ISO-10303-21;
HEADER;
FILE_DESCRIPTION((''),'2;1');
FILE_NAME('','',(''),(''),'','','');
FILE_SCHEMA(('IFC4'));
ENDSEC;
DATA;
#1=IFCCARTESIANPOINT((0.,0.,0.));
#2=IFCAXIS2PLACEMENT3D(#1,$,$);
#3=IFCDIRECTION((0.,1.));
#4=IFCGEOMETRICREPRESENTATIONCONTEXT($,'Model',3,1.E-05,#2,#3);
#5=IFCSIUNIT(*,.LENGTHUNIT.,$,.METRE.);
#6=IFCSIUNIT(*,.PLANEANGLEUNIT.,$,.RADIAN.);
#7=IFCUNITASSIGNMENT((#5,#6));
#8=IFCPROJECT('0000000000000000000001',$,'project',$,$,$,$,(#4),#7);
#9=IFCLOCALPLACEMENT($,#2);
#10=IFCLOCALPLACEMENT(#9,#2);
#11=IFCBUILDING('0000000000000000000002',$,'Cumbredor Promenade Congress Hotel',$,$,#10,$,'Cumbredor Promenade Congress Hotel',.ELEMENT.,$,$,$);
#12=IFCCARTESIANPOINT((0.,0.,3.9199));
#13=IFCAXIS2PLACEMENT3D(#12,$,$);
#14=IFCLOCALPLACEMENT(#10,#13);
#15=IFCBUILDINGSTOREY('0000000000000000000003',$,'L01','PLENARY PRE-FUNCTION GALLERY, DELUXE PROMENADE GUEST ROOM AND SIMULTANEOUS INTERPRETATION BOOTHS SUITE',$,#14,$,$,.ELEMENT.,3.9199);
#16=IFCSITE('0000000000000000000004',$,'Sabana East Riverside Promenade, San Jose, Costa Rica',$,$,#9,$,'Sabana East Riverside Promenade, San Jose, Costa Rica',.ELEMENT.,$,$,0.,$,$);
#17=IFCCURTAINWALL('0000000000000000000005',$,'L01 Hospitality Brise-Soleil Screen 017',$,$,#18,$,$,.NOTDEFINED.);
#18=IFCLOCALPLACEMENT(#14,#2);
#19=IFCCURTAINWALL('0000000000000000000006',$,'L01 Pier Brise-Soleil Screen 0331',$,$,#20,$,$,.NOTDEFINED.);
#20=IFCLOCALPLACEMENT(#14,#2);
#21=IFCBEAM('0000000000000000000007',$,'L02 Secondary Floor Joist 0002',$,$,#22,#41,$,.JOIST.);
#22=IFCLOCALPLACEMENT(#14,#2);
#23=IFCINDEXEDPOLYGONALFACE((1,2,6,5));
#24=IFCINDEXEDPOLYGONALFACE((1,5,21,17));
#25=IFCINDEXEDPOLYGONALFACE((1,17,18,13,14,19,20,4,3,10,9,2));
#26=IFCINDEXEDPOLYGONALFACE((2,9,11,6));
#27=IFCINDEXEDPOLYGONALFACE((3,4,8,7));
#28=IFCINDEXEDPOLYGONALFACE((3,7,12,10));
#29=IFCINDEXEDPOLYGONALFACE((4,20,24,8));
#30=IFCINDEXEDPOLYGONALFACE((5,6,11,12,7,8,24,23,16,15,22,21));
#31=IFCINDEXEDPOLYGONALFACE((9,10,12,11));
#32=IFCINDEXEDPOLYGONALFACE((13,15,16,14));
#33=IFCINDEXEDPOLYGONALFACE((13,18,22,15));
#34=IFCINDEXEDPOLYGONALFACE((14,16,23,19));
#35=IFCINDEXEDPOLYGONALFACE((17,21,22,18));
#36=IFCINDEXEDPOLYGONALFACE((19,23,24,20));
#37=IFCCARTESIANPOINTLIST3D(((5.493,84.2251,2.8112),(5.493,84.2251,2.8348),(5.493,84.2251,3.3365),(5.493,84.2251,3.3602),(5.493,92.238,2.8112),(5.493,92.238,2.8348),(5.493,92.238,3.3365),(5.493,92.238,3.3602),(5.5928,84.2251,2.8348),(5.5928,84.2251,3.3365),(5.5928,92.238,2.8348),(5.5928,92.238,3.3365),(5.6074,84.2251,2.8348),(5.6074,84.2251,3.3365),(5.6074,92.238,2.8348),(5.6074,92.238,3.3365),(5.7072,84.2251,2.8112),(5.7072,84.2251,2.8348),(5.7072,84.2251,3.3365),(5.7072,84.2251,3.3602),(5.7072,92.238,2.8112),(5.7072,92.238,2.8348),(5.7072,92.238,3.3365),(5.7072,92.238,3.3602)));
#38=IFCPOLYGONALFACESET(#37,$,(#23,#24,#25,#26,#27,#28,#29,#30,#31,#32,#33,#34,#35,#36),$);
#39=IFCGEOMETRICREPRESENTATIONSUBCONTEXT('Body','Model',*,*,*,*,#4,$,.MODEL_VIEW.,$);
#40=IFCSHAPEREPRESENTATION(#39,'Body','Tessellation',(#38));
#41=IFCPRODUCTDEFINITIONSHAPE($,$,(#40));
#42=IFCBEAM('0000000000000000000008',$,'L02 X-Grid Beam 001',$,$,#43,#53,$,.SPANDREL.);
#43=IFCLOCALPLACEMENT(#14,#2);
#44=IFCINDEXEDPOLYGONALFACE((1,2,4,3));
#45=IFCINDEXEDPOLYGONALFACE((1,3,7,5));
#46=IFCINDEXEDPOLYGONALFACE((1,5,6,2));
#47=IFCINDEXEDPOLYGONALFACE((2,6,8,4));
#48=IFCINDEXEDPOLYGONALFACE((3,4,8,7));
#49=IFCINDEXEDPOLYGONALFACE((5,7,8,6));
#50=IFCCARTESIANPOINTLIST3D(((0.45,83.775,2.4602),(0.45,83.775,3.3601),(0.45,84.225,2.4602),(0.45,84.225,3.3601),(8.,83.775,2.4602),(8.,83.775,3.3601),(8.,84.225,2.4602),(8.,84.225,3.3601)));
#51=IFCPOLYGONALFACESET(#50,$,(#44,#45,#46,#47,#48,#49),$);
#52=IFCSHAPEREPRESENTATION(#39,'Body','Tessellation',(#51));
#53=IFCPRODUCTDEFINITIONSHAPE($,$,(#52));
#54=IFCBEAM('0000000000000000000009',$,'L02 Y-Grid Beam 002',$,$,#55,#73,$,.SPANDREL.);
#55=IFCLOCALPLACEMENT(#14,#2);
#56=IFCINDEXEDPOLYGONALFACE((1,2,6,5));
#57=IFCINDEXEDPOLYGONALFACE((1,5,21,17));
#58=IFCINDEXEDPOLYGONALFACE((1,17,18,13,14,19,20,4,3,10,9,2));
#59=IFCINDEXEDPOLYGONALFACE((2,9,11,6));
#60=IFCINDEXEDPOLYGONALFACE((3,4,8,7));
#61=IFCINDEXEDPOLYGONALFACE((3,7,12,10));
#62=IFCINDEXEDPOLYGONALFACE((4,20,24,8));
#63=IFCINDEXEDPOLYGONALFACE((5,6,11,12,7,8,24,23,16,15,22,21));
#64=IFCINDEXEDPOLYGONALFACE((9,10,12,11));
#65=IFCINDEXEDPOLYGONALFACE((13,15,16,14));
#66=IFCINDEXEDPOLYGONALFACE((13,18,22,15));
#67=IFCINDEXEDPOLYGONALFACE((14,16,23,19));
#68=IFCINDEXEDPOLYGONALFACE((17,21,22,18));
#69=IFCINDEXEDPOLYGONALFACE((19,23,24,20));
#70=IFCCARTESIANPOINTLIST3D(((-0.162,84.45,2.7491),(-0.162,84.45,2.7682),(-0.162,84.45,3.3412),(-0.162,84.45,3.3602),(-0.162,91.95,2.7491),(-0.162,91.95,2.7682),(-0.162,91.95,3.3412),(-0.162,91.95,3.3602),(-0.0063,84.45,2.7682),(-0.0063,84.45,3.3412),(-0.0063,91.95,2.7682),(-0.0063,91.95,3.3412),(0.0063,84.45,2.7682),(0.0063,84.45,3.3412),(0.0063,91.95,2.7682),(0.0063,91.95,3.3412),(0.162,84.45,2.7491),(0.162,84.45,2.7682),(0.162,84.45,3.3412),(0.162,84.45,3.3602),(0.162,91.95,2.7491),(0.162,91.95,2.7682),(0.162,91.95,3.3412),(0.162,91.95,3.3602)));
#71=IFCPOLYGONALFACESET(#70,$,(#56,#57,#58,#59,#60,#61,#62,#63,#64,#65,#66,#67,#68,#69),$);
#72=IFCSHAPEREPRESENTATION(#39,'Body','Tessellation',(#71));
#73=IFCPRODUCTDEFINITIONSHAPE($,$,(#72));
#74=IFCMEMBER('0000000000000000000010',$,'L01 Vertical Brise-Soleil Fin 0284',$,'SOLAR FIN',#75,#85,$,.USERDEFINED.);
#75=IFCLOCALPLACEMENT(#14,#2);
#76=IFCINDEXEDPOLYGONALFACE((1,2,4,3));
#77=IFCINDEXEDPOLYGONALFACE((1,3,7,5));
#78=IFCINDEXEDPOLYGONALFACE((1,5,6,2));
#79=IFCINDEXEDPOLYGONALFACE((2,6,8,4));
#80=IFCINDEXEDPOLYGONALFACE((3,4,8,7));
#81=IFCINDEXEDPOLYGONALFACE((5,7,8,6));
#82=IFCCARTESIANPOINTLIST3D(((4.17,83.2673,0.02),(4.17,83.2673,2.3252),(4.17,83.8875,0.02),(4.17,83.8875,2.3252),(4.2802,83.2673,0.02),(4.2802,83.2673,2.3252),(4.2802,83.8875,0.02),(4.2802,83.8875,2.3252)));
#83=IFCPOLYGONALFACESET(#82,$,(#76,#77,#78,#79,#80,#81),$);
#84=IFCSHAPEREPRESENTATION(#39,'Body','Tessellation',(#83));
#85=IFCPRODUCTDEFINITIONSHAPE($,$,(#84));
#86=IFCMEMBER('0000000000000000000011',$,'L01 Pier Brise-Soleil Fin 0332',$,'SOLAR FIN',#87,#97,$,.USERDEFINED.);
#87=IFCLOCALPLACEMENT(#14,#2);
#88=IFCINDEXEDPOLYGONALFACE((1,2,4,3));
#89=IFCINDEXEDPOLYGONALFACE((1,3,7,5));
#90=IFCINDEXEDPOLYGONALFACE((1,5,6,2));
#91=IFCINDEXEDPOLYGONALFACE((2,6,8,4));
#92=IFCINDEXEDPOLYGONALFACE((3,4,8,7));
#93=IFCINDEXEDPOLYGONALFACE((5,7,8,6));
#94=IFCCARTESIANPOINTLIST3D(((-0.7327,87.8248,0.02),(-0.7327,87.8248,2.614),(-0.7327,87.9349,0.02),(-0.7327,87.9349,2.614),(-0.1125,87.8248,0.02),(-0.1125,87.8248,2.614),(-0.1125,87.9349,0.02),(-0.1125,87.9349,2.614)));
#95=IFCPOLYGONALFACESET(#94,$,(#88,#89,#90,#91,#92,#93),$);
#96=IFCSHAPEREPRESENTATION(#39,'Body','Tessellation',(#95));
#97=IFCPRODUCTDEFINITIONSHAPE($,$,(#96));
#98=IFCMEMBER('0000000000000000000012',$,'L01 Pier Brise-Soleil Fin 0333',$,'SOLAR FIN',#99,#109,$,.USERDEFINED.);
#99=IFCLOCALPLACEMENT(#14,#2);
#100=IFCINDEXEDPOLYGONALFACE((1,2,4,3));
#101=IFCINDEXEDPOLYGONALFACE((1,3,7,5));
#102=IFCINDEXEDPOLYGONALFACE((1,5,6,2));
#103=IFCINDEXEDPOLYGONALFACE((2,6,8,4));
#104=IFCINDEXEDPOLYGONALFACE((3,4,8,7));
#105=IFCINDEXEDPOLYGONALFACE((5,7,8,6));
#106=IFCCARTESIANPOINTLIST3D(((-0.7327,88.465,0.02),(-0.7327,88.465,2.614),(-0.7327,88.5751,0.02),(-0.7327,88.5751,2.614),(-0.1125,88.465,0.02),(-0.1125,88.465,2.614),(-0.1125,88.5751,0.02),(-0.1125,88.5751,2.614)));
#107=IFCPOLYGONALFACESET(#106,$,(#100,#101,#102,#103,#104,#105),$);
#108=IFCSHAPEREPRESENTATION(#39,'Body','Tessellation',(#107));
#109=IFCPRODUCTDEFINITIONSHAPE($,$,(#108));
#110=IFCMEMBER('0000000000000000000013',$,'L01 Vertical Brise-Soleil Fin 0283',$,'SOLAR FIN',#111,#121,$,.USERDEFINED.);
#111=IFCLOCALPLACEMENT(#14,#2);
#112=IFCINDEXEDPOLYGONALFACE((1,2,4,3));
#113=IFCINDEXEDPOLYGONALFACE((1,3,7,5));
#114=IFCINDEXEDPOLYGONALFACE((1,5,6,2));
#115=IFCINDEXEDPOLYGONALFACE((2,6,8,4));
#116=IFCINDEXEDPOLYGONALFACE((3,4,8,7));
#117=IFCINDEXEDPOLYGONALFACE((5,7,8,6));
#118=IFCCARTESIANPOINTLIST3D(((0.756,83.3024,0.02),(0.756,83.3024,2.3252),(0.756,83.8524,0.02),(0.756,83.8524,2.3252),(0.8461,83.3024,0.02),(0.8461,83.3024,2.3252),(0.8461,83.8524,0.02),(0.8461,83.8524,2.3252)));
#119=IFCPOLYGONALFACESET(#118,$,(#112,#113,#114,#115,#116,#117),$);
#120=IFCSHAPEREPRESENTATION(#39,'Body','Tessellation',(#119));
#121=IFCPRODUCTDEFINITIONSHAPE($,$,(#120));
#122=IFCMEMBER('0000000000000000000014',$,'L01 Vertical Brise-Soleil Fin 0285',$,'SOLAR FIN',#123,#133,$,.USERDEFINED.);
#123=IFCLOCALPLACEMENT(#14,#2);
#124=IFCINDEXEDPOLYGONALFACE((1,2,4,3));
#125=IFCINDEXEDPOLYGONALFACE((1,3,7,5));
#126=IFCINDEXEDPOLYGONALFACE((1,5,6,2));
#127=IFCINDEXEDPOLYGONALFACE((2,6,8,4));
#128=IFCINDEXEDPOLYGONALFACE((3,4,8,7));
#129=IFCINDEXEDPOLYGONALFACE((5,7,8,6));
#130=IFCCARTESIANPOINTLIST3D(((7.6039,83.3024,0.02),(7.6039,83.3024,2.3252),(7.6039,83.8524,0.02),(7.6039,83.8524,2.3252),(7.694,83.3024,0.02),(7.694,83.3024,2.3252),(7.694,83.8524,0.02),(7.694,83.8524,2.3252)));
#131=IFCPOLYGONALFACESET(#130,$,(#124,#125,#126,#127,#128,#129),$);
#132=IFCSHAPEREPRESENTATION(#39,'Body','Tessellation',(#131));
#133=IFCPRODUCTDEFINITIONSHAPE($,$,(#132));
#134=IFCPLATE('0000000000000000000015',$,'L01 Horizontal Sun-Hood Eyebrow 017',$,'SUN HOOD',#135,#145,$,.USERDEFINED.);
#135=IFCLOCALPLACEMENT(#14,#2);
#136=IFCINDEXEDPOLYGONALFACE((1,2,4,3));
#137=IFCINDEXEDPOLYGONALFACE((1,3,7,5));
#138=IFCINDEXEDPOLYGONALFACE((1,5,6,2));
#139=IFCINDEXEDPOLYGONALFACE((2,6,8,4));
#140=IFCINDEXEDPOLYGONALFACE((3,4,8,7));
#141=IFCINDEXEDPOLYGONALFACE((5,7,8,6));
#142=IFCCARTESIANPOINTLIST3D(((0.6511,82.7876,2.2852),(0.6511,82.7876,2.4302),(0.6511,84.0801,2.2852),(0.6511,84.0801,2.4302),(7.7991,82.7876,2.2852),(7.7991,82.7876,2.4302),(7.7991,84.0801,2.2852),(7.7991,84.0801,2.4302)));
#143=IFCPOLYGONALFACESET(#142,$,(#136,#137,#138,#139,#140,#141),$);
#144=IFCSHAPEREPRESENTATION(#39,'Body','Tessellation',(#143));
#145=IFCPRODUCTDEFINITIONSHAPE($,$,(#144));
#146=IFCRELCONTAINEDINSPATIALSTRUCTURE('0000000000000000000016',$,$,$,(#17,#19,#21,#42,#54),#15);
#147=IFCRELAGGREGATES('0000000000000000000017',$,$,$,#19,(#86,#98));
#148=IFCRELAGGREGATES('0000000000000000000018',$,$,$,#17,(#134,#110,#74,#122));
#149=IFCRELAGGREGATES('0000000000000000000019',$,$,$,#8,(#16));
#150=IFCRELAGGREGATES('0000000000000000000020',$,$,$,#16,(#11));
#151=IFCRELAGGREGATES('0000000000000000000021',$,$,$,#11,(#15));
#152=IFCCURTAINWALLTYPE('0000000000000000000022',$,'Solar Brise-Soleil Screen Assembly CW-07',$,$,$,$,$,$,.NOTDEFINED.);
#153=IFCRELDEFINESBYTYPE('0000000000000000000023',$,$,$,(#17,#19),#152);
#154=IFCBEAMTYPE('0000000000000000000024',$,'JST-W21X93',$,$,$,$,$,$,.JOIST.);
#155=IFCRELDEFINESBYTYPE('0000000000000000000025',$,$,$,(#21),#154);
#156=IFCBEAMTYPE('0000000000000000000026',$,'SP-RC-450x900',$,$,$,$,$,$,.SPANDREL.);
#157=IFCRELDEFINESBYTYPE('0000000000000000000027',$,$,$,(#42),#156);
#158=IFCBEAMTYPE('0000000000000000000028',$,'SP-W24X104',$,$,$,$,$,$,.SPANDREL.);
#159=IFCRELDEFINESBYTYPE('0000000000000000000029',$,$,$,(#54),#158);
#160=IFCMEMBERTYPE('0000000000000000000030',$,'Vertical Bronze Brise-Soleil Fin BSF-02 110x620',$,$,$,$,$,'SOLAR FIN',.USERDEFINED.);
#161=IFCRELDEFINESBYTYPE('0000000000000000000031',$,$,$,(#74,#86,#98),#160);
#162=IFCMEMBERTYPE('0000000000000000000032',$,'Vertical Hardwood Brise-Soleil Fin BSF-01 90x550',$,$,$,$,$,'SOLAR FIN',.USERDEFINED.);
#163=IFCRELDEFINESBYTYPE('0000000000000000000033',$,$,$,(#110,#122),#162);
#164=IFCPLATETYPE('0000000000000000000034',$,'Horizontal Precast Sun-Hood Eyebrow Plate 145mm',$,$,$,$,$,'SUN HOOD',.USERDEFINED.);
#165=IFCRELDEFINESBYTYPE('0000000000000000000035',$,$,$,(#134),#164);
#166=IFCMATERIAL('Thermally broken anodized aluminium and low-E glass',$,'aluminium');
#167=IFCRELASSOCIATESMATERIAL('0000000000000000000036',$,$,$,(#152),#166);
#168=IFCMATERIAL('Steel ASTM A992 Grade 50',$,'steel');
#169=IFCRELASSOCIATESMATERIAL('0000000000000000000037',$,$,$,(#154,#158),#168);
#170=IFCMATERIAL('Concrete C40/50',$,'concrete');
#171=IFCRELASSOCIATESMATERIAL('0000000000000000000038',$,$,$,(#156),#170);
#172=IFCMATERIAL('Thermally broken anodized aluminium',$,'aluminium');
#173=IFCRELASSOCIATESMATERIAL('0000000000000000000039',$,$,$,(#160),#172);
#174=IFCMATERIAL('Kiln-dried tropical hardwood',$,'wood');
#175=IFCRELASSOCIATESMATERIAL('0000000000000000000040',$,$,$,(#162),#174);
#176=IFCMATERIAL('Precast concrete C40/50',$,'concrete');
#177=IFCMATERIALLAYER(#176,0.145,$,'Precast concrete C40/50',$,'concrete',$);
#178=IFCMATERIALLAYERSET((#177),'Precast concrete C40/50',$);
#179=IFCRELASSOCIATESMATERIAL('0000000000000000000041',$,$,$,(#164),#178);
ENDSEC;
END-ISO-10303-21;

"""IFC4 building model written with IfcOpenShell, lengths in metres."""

from ifc_helpers import new_model, si_unit, direction, frame, origin, origin_2d, place, context, subcontext, project, spatial, rectangle, i_section, extrude, material, layer, layer_set, material_profile, profile_set, type_object, element, aggregate, save


model = new_model("IFC4")

# Units and contexts
model_context = context("Model", 3, precision=1e-05, world=origin(), true_north=direction((0.0, 1.0)))
body_context = subcontext(model_context, "Body", "Model", "MODEL_VIEW")
ifc_project = project(units=[si_unit("LENGTHUNIT", "METRE"), si_unit("PLANEANGLEUNIT", "RADIAN")], contexts=[model_context])

# Site, building, storey
site_placement = place(None, origin())
site = spatial("IfcSite", under=ifc_project, at=site_placement, Name="Sabana East Riverside Promenade, San Jose, Costa Rica", LongName="Sabana East Riverside Promenade, San Jose, Costa Rica", CompositionType="ELEMENT", RefElevation=0.0)
building_placement = place(site_placement, origin())
building = spatial("IfcBuilding", under=site, at=building_placement, Name="Cumbredor Promenade Congress Hotel", LongName="Cumbredor Promenade Congress Hotel", CompositionType="ELEMENT")
storey_placement = place(building_placement, frame((0.0, 0.0, 3.9199)))
storey = spatial("IfcBuildingStorey", under=building, at=storey_placement, Name="L01", Description="PLENARY PRE-FUNCTION GALLERY, DELUXE PROMENADE GUEST ROOM AND SIMULTANEOUS INTERPRETATION BOOTHS SUITE", CompositionType="ELEMENT", Elevation=3.9199)

# Shared definitions
ifc_material_1 = material(Name="Concrete C40/50", Category="concrete")
ifc_material_2 = material(Name="Steel ASTM A992 Grade 50", Category="steel")

# Curtain walls
ifc_material_3 = material(Name="Thermally broken anodized aluminium and low-E glass", Category="aluminium")
curtain_wall_type = type_object("IfcCurtainWallType", Name="Solar Brise-Soleil Screen Assembly CW-07", PredefinedType="NOTDEFINED", material=ifc_material_3)
curtain_wall_1_placement = place(storey_placement, origin())
curtain_wall_1 = element("IfcCurtainWall", 1, at=curtain_wall_1_placement, inside=storey, type_object=curtain_wall_type, Name="L01 Hospitality Brise-Soleil Screen 017", PredefinedType="NOTDEFINED")
ifc_material_4 = material(Name="Thermally broken anodized aluminium", Category="aluminium")
curtain_wall_2_placement = place(storey_placement, origin())
curtain_wall_2 = element("IfcCurtainWall", 2, at=curtain_wall_2_placement, inside=storey, type_object=curtain_wall_type, Name="L01 Pier Brise-Soleil Screen 0331", PredefinedType="NOTDEFINED")

# Beams
ifc_material_profile_1 = material_profile(ifc_material_2, i_section(OverallWidth=0.2141, OverallDepth=0.5491, WebThickness=0.0146, FlangeThickness=0.0237, at=origin_2d()), Name="W21X93")
ifc_profile_set_1 = profile_set([ifc_material_profile_1], Name="Steel ASTM A992 Grade 50")
beam_type_1 = type_object("IfcBeamType", Name="JST-W21X93", PredefinedType="JOIST", material=ifc_profile_set_1)
for number, where, z_axis, x_axis, name in (
    (3, (5.6001, 84.2251, 3.0857), (0.0, 1.0, 0.0), (-1.0, 0.0, 0.0), "L02 Secondary Floor Joist 0002"),
):
    element("IfcBeam", number, at=place(storey_placement, frame(where, z_axis=z_axis, x_axis=x_axis)), inside=storey, type_object=beam_type_1, Name=name, PredefinedType="JOIST", context=body_context, shape_type="SweptSolid", body=[
        extrude(i_section(OverallWidth=0.2141, OverallDepth=0.5491, WebThickness=0.0146, FlangeThickness=0.0237, at=origin_2d()), origin(), (0.0, 0.0, 1.0), 8.0129),
    ])
ifc_material_profile_2 = material_profile(ifc_material_1, rectangle(XDim=0.45, YDim=0.8999, at=origin_2d()), Name="RC SPANDREL 450x900")
ifc_profile_set_2 = profile_set([ifc_material_profile_2], Name="Concrete C40/50")
beam_type_2 = type_object("IfcBeamType", Name="SP-RC-450x900", PredefinedType="SPANDREL", material=ifc_profile_set_2)
beam_1_placement = place(storey_placement, frame((0.45, 84.0, 2.9102), z_axis=(1.0, 0.0, 0.0), x_axis=(0.0, 1.0, 0.0)))
element("IfcBeam", 4, at=beam_1_placement, inside=storey, type_object=beam_type_2, Name="L02 X-Grid Beam 001", PredefinedType="SPANDREL", context=body_context, shape_type="SweptSolid", body=[
    extrude(rectangle(XDim=0.45, YDim=0.8999, at=origin_2d()), origin(), (0.0, 0.0, 1.0), 7.55),
])
ifc_material_profile_3 = material_profile(ifc_material_2, i_section(OverallWidth=0.324, OverallDepth=0.6111, WebThickness=0.0127, FlangeThickness=0.019, at=origin_2d()), Name="W24X104")
ifc_profile_set_3 = profile_set([ifc_material_profile_3], Name="Steel ASTM A992 Grade 50")
beam_type_3 = type_object("IfcBeamType", Name="SP-W24X104", PredefinedType="SPANDREL", material=ifc_profile_set_3)
beam_2_placement = place(storey_placement, frame((0.0, 84.45, 3.0547), z_axis=(0.0, 1.0, 0.0), x_axis=(-1.0, 0.0, 0.0)))
element("IfcBeam", 5, at=beam_2_placement, inside=storey, type_object=beam_type_3, Name="L02 Y-Grid Beam 002", PredefinedType="SPANDREL", context=body_context, shape_type="SweptSolid", body=[
    extrude(i_section(OverallWidth=0.324, OverallDepth=0.6111, WebThickness=0.0127, FlangeThickness=0.019, at=origin_2d()), origin(), (0.0, 0.0, 1.0), 7.5),
])

# Members
ifc_material_profile_4 = material_profile(ifc_material_4, rectangle(XDim=0.1101, YDim=0.6201, at=origin_2d()), Name="ARCH FIN 110x620")
ifc_profile_set_4 = profile_set([ifc_material_profile_4], Name="Thermally broken anodized aluminium")
member_type_1 = type_object("IfcMemberType", Name="Vertical Bronze Brise-Soleil Fin BSF-02 110x620", ElementType="SOLAR FIN", PredefinedType="USERDEFINED", material=ifc_profile_set_4)
member_1_placement = place(storey_placement, frame((4.2251, 83.5774, 0.02), z_axis=(0.0, 0.0, 1.0), x_axis=(1.0, 0.0, 0.0)))
member_1 = element("IfcMember", 6, at=member_1_placement, type_object=member_type_1, Name="L01 Vertical Brise-Soleil Fin 0284", ObjectType="SOLAR FIN", PredefinedType="USERDEFINED", context=body_context, shape_type="SweptSolid", body=[
    extrude(rectangle(XDim=0.1101, YDim=0.6201, at=origin_2d()), origin(), (0.0, 0.0, 1.0), 2.3052),
])
member_2_placement = place(storey_placement, frame((-0.4226, 87.8799, 0.02), z_axis=(0.0, 0.0, 1.0), x_axis=(0.0, 1.0, 0.0)))
member_2 = element("IfcMember", 7, at=member_2_placement, type_object=member_type_1, Name="L01 Pier Brise-Soleil Fin 0332", ObjectType="SOLAR FIN", PredefinedType="USERDEFINED", context=body_context, shape_type="SweptSolid", body=[
    extrude(rectangle(XDim=0.1101, YDim=0.6201, at=origin_2d()), origin(), (0.0, 0.0, 1.0), 2.594),
])
member_3_placement = place(storey_placement, frame((-0.4226, 88.52, 0.02), z_axis=(0.0, 0.0, 1.0), x_axis=(0.0, 1.0, 0.0)))
member_3 = element("IfcMember", 8, at=member_3_placement, type_object=member_type_1, Name="L01 Pier Brise-Soleil Fin 0333", ObjectType="SOLAR FIN", PredefinedType="USERDEFINED", context=body_context, shape_type="SweptSolid", body=[
    extrude(rectangle(XDim=0.1101, YDim=0.6201, at=origin_2d()), origin(), (0.0, 0.0, 1.0), 2.594),
])
aggregate(curtain_wall_2, [member_2, member_3])
ifc_material_5 = material(Name="Kiln-dried tropical hardwood", Category="wood")
ifc_material_profile_5 = material_profile(ifc_material_5, rectangle(XDim=0.0901, YDim=0.55, at=origin_2d()), Name="ARCH FIN 90x550")
ifc_profile_set_5 = profile_set([ifc_material_profile_5], Name="Kiln-dried tropical hardwood")
member_type_2 = type_object("IfcMemberType", Name="Vertical Hardwood Brise-Soleil Fin BSF-01 90x550", ElementType="SOLAR FIN", PredefinedType="USERDEFINED", material=ifc_profile_set_5)
member_4_placement = place(storey_placement, frame((0.801, 83.5774, 0.02), z_axis=(0.0, 0.0, 1.0), x_axis=(1.0, 0.0, 0.0)))
member_4 = element("IfcMember", 9, at=member_4_placement, type_object=member_type_2, Name="L01 Vertical Brise-Soleil Fin 0283", ObjectType="SOLAR FIN", PredefinedType="USERDEFINED", context=body_context, shape_type="SweptSolid", body=[
    extrude(rectangle(XDim=0.0901, YDim=0.55, at=origin_2d()), origin(), (0.0, 0.0, 1.0), 2.3052),
])
member_5_placement = place(storey_placement, frame((7.6489, 83.5774, 0.02), z_axis=(0.0, 0.0, 1.0), x_axis=(1.0, 0.0, 0.0)))
member_5 = element("IfcMember", 10, at=member_5_placement, type_object=member_type_2, Name="L01 Vertical Brise-Soleil Fin 0285", ObjectType="SOLAR FIN", PredefinedType="USERDEFINED", context=body_context, shape_type="SweptSolid", body=[
    extrude(rectangle(XDim=0.0901, YDim=0.55, at=origin_2d()), origin(), (0.0, 0.0, 1.0), 2.3052),
])

# Plate
ifc_material_6 = material(Name="Precast concrete C40/50", Category="concrete")
ifc_layer_1 = layer(ifc_material_6, 0.145, Name="Precast concrete C40/50", Category="concrete")
ifc_layer_set_1 = layer_set([ifc_layer_1], Name="Precast concrete C40/50")
plate_type = type_object("IfcPlateType", Name="Horizontal Precast Sun-Hood Eyebrow Plate 145mm", ElementType="SUN HOOD", PredefinedType="USERDEFINED", material=ifc_layer_set_1)
plate_placement = place(storey_placement, frame((4.2251, 83.4338, 2.2852), z_axis=(0.0, 0.0, 1.0), x_axis=(1.0, 0.0, 0.0)))
plate = element("IfcPlate", 11, at=plate_placement, type_object=plate_type, Name="L01 Horizontal Sun-Hood Eyebrow 017", ObjectType="SUN HOOD", PredefinedType="USERDEFINED", context=body_context, shape_type="SweptSolid", body=[
    extrude(rectangle(XDim=7.1479, YDim=1.2925, at=origin_2d()), origin(), (0.0, 0.0, 1.0), 0.145),
])
aggregate(curtain_wall_1, [plate, member_4, member_1, member_5])

save(model, "model.ifc")
